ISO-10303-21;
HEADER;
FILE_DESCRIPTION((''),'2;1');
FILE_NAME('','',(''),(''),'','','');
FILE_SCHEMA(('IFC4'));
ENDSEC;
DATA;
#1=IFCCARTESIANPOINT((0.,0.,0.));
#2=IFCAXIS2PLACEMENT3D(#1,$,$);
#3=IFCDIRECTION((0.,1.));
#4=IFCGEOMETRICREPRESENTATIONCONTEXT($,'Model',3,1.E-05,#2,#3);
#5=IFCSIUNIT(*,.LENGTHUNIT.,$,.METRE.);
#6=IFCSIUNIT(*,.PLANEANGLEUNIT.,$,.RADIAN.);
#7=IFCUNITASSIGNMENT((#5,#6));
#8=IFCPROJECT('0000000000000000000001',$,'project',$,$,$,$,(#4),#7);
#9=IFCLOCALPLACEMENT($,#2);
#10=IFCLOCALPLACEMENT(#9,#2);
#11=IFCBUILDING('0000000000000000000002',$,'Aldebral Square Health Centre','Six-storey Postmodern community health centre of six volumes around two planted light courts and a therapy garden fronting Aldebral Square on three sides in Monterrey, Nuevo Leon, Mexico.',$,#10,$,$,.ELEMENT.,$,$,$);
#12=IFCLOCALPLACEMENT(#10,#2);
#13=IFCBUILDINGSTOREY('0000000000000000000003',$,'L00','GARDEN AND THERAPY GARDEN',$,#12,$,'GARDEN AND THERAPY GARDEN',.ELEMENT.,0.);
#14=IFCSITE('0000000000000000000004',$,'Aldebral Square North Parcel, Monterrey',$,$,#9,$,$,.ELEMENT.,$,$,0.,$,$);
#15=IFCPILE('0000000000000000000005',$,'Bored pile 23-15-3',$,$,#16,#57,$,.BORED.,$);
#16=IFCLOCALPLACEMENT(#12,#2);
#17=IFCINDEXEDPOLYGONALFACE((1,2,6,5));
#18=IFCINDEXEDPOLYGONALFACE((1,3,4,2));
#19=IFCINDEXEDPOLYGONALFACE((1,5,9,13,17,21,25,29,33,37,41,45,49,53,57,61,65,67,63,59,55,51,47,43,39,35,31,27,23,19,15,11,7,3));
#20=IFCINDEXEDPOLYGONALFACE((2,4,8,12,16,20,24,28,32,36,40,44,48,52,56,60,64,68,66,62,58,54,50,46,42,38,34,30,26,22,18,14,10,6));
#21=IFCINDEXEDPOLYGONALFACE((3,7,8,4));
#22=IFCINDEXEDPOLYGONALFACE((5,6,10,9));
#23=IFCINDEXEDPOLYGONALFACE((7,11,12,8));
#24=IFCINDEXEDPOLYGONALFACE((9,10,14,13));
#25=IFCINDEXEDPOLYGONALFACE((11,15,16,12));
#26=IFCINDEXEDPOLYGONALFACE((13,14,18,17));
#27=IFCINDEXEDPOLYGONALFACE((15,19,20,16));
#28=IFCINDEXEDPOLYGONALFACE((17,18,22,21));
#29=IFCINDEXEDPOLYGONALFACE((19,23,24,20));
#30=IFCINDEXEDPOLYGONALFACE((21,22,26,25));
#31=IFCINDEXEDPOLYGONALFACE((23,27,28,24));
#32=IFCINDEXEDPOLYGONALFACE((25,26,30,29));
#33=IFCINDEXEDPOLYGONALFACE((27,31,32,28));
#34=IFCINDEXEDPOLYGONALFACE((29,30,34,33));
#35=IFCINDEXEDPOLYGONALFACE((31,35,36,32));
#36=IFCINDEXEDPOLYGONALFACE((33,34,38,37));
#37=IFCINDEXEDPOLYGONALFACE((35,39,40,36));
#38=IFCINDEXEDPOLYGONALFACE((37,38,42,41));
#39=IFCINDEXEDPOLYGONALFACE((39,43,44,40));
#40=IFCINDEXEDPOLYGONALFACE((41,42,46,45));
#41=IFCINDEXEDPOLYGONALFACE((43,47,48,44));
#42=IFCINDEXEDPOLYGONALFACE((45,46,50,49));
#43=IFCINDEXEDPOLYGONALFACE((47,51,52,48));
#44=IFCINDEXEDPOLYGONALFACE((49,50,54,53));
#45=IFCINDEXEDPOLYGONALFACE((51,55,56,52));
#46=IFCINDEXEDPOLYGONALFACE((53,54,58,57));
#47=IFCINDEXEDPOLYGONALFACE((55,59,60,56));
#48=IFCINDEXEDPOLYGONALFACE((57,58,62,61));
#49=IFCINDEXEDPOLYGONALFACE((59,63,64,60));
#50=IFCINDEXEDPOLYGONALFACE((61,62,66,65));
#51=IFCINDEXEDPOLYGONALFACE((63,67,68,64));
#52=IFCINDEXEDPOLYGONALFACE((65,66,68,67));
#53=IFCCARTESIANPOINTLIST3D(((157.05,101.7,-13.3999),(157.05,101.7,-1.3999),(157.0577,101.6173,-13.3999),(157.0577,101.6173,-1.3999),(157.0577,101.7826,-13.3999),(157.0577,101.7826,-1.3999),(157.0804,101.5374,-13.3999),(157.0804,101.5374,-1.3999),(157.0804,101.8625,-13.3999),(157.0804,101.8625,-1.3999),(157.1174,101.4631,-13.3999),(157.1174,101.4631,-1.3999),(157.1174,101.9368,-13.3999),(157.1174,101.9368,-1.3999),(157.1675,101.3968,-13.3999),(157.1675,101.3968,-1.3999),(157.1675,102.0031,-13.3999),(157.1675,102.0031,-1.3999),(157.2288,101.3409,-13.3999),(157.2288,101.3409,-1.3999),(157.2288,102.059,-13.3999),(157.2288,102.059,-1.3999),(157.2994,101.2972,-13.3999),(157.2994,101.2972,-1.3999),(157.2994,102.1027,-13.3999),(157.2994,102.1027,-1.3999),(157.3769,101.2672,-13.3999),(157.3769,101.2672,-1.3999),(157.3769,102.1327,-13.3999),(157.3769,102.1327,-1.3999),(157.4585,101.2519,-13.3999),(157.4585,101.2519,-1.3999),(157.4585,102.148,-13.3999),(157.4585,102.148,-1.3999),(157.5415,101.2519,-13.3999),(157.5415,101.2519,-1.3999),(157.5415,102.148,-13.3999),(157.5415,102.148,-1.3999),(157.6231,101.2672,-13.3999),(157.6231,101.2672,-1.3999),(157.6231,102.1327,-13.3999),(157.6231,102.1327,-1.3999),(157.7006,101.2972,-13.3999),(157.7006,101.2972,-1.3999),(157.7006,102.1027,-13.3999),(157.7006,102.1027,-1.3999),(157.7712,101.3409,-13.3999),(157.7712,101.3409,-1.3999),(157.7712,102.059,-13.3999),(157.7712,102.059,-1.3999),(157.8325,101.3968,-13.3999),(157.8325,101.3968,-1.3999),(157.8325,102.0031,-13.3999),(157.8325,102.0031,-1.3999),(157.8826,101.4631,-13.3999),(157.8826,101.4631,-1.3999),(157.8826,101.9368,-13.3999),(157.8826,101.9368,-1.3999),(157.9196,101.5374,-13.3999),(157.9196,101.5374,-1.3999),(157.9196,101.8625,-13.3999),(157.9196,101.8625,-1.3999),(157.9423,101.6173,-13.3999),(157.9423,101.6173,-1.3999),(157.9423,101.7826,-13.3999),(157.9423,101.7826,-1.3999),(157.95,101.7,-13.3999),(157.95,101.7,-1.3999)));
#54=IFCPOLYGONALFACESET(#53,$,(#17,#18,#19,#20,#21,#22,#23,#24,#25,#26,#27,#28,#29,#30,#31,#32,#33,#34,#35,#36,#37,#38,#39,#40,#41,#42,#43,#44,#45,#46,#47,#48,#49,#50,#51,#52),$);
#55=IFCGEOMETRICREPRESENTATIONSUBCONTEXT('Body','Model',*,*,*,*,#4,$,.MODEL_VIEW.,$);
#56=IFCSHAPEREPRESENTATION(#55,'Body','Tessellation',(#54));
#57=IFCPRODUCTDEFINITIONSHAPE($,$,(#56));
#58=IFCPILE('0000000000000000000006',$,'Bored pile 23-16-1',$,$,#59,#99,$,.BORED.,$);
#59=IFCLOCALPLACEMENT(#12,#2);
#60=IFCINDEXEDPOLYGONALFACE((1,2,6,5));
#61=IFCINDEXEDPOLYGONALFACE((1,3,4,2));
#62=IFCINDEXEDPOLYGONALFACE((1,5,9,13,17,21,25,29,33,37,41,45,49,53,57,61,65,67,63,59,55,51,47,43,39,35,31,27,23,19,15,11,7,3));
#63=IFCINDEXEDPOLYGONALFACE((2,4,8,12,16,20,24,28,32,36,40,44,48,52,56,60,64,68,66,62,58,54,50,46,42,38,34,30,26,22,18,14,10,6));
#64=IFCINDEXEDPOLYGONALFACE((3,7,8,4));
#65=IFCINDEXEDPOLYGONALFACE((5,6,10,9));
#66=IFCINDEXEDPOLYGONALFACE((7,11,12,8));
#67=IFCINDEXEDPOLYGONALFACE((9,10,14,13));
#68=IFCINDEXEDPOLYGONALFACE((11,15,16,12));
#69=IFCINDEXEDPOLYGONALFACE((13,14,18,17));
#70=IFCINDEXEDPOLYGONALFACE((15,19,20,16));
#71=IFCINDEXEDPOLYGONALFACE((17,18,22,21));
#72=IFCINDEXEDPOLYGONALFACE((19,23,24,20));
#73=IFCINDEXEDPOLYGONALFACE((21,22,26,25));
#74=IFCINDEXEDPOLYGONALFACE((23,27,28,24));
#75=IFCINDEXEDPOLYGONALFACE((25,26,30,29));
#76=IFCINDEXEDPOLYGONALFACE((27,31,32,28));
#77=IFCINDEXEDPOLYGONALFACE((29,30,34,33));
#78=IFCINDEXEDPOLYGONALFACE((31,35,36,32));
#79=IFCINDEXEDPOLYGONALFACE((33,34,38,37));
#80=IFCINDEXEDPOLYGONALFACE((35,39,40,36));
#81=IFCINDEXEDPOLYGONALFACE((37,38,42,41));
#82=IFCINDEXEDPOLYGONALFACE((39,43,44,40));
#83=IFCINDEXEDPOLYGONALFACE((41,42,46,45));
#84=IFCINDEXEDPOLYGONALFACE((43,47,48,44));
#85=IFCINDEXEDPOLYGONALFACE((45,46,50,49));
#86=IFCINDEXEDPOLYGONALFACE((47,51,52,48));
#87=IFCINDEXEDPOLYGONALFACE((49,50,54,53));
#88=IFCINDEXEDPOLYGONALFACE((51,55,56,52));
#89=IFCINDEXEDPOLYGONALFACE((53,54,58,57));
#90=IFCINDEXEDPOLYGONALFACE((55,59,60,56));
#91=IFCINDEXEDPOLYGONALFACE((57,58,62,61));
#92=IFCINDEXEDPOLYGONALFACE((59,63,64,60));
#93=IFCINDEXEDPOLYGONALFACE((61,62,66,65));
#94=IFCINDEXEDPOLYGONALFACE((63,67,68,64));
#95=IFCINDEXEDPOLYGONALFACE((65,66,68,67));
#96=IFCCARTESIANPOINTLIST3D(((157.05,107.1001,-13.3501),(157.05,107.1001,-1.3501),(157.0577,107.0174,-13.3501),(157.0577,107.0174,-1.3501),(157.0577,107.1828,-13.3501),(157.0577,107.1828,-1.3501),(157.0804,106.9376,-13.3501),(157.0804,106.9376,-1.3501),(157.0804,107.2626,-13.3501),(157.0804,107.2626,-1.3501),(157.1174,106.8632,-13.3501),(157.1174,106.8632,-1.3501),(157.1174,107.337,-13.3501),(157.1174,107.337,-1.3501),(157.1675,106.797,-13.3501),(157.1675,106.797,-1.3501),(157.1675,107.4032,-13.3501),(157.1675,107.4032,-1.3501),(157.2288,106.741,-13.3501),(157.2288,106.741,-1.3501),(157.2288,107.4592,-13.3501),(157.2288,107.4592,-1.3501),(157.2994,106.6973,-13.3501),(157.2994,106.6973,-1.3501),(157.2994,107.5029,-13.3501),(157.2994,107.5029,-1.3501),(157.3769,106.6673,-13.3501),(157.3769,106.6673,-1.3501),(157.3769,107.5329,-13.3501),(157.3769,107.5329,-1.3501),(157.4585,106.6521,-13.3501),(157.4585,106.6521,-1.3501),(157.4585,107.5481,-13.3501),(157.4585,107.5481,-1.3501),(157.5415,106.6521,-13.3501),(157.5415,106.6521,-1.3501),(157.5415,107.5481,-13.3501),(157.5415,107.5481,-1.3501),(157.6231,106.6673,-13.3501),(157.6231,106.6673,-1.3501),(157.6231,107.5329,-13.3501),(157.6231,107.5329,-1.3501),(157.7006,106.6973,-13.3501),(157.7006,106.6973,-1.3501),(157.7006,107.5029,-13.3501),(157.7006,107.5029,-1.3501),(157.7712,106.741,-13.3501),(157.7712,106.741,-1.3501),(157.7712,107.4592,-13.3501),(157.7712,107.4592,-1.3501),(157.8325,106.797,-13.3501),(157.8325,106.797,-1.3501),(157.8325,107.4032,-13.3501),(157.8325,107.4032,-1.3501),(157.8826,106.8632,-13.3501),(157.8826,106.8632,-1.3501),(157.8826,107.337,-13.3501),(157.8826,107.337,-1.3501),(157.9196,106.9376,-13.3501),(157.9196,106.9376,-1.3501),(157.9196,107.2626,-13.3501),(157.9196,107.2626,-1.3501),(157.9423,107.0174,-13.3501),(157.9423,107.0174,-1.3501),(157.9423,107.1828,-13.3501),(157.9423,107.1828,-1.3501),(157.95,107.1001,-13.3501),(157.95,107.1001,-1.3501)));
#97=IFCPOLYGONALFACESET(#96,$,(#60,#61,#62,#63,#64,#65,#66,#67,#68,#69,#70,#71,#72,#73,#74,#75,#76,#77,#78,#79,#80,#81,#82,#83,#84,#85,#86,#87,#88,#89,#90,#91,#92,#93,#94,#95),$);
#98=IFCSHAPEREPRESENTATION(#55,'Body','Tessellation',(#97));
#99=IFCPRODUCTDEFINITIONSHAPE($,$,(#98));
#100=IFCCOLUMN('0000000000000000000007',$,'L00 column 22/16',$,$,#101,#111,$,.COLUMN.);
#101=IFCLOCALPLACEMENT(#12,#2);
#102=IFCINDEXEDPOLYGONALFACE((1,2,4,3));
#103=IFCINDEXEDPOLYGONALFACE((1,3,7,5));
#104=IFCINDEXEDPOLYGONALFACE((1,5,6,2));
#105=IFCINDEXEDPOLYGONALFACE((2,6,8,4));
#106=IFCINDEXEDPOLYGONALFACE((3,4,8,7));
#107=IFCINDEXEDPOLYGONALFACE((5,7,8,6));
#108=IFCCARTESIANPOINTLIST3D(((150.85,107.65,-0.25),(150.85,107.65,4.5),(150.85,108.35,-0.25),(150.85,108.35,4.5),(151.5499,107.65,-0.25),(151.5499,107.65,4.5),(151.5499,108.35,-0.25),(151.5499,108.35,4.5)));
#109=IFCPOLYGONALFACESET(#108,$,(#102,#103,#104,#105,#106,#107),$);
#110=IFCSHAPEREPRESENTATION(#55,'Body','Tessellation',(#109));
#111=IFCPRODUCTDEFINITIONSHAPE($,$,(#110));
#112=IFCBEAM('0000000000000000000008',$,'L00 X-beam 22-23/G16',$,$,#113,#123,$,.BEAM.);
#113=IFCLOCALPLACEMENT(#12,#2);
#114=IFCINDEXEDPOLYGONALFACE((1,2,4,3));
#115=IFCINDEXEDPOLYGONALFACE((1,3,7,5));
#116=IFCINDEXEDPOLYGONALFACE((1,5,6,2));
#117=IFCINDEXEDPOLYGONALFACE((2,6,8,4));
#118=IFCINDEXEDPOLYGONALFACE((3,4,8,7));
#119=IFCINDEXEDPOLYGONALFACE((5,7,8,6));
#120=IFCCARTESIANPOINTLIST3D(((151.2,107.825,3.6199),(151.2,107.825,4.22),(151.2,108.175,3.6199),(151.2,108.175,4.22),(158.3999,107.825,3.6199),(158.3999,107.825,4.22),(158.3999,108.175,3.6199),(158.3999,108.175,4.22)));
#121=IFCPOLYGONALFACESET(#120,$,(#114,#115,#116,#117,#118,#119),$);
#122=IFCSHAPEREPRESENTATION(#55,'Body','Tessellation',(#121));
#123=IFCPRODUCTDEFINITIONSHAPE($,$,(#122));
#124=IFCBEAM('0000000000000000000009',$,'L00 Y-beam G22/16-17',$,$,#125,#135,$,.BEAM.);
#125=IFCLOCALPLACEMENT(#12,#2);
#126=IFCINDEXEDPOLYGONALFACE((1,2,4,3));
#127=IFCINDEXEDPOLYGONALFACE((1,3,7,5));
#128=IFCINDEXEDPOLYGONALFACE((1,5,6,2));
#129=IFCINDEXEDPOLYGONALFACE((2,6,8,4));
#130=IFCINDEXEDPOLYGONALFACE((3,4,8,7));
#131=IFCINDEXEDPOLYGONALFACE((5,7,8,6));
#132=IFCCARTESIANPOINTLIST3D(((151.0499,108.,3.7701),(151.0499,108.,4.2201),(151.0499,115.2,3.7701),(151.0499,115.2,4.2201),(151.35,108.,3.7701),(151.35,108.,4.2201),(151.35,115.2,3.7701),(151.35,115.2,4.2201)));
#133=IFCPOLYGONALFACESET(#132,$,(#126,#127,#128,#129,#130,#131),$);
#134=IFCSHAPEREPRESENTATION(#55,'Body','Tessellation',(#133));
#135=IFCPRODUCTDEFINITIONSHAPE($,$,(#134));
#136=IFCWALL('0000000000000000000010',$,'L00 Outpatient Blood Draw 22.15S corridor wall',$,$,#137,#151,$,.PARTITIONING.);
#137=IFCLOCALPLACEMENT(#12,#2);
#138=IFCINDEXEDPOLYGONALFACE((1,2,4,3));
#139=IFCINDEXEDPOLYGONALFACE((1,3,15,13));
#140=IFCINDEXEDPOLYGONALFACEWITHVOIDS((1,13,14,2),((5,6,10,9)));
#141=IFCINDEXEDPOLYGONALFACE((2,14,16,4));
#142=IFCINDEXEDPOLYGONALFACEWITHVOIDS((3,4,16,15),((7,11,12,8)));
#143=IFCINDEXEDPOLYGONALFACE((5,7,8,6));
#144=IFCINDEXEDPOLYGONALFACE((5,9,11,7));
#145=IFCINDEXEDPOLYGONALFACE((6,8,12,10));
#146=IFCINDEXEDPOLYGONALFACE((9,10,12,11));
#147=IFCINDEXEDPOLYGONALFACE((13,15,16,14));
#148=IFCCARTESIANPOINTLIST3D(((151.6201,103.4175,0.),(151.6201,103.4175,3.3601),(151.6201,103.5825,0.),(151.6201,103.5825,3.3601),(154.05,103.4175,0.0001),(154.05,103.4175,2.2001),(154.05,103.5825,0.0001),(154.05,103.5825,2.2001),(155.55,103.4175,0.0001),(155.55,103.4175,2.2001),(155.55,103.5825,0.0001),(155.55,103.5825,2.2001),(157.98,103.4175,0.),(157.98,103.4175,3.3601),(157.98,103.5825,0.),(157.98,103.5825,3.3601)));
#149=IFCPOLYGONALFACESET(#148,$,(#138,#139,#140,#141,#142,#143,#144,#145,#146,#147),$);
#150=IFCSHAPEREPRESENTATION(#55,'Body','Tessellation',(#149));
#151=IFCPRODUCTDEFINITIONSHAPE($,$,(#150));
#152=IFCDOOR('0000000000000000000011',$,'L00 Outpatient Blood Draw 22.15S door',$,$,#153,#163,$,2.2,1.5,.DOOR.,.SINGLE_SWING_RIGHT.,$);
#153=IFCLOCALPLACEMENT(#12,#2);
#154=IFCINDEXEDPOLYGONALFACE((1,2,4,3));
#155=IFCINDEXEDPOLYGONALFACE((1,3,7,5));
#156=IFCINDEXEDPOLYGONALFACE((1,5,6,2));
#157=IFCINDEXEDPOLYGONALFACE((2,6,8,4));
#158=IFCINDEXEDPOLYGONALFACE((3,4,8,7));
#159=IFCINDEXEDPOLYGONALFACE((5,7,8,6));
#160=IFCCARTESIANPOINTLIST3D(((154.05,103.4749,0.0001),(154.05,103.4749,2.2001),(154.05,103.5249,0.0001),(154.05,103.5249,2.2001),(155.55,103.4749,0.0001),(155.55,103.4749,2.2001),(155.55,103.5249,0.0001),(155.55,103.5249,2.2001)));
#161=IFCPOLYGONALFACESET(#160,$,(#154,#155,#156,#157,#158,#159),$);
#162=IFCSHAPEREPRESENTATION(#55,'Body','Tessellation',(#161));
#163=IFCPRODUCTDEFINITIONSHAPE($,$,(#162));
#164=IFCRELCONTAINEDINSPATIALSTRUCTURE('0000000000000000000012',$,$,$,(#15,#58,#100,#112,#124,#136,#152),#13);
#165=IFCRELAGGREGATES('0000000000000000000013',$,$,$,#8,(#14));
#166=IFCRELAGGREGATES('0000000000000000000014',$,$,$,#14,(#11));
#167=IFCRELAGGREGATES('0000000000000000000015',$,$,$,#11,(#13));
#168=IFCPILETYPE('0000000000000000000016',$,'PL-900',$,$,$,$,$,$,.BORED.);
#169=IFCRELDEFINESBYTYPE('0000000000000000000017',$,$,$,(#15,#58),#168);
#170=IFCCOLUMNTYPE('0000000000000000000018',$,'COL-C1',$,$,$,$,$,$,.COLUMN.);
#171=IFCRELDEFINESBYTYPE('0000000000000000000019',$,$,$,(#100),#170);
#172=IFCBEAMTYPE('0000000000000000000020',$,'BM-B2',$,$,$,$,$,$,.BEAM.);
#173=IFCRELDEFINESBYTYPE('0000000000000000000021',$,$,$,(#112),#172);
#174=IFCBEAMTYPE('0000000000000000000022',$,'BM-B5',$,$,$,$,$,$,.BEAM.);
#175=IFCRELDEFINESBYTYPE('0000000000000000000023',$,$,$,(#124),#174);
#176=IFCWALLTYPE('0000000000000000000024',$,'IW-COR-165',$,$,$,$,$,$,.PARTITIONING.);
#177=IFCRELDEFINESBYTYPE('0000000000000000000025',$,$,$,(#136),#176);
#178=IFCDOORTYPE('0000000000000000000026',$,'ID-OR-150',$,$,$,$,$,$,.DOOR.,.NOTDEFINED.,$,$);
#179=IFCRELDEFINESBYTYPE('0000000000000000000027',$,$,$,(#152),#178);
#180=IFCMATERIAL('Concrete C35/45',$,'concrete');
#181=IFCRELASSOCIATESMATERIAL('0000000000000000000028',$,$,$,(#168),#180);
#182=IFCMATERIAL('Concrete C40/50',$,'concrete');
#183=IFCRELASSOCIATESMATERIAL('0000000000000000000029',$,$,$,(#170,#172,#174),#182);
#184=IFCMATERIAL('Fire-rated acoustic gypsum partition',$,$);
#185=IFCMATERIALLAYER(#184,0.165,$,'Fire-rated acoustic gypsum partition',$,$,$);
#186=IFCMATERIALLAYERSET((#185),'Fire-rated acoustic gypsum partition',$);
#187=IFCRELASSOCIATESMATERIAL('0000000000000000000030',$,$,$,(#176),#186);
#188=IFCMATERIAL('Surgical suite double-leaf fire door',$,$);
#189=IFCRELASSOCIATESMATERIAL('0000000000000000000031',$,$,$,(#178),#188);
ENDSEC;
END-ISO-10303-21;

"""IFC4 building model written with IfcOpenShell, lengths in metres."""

from ifc_helpers import new_model, si_unit, direction, frame, frame_2d, origin, origin_2d, place, context, subcontext, project, spatial, rectangle, circle, extrude, material, layer, layer_set, material_profile, profile_set, type_object, element, fill, save


model = new_model("IFC4")

# Units and contexts
model_context = context("Model", 3, precision=1e-05, world=origin(), true_north=direction((0.0, 1.0)))
body_context = subcontext(model_context, "Body", "Model", "MODEL_VIEW")
ifc_project = project(units=[si_unit("LENGTHUNIT", "METRE"), si_unit("PLANEANGLEUNIT", "RADIAN")], contexts=[model_context])

# Site, building, storey
site_placement = place(None, origin())
site = spatial("IfcSite", under=ifc_project, at=site_placement, Name="Aldebral Square North Parcel, Monterrey", CompositionType="ELEMENT", RefElevation=0.0)
building_placement = place(site_placement, origin())
building = spatial("IfcBuilding", under=site, at=building_placement, Name="Aldebral Square Health Centre", Description="Six-storey Postmodern community health centre of six volumes around two planted light courts and a therapy garden fronting Aldebral Square on three sides in Monterrey, Nuevo Leon, Mexico.", CompositionType="ELEMENT")
storey_placement = place(building_placement, origin())
storey = spatial("IfcBuildingStorey", under=building, at=storey_placement, Name="L00", Description="GARDEN AND THERAPY GARDEN", LongName="GARDEN AND THERAPY GARDEN", CompositionType="ELEMENT", Elevation=0.0)

# Shared definitions
ifc_material_1 = material(Name="Concrete C35/45", Category="concrete")

# Piles
ifc_material_profile_1 = material_profile(ifc_material_1, circle(Radius=0.45, at=origin_2d()), Name="PILE D900")
ifc_profile_set_1 = profile_set([ifc_material_profile_1], Name="Concrete C35/45")
pile_type = type_object("IfcPileType", Name="PL-900", PredefinedType="BORED", material=ifc_profile_set_1)
for number, where, z_axis, x_axis, name in (
    (1, (157.5, 101.7, -1.3999), (0.0, 0.0, -1.0), (1.0, 0.0, 0.0), "Bored pile 23-15-3"),
    (2, (157.5, 107.1001, -1.3501), (0.0, 0.0, -1.0), (1.0, 0.0, 0.0), "Bored pile 23-16-1"),
):
    element("IfcPile", number, at=place(storey_placement, frame(where, z_axis=z_axis, x_axis=x_axis)), inside=storey, type_object=pile_type, Name=name, PredefinedType="BORED", context=body_context, shape_type="SweptSolid", body=[
        extrude(circle(Radius=0.45, at=origin_2d()), origin(), (0.0, 0.0, 1.0), 12.0),
    ])

# Column
ifc_material_2 = material(Name="Concrete C40/50", Category="concrete")
ifc_material_profile_2 = material_profile(ifc_material_2, rectangle(XDim=0.7, YDim=0.7, at=origin_2d()), Name="RC 700x700")
ifc_profile_set_2 = profile_set([ifc_material_profile_2], Name="Concrete C40/50")
column_type = type_object("IfcColumnType", Name="COL-C1", PredefinedType="COLUMN", material=ifc_profile_set_2)
column_placement = place(storey_placement, frame((151.2, 108.0, -0.25), z_axis=(0.0, 0.0, 1.0), x_axis=(1.0, 0.0, 0.0)))
element("IfcColumn", 3, at=column_placement, inside=storey, type_object=column_type, Name="L00 column 22/16", PredefinedType="COLUMN", context=body_context, shape_type="SweptSolid", body=[
    extrude(rectangle(XDim=0.7, YDim=0.7, at=origin_2d()), origin(), (0.0, 0.0, 1.0), 4.75),
])

# Beams
ifc_material_profile_3 = material_profile(ifc_material_2, rectangle(XDim=0.3501, YDim=0.6001, at=origin_2d()), Name="RC 350x600")
ifc_profile_set_3 = profile_set([ifc_material_profile_3], Name="Concrete C40/50")
beam_type_1 = type_object("IfcBeamType", Name="BM-B2", PredefinedType="BEAM", material=ifc_profile_set_3)
beam_1_placement = place(storey_placement, frame((151.2, 108.0, 3.9199), z_axis=(1.0, 0.0, 0.0), x_axis=(0.0, 1.0, 0.0)))
element("IfcBeam", 4, at=beam_1_placement, inside=storey, type_object=beam_type_1, Name="L00 X-beam 22-23/G16", PredefinedType="BEAM", context=body_context, shape_type="SweptSolid", body=[
    extrude(rectangle(XDim=0.3501, YDim=0.6001, at=origin_2d()), origin(), (0.0, 0.0, 1.0), 7.2),
])
ifc_material_profile_4 = material_profile(ifc_material_2, rectangle(XDim=0.3, YDim=0.45, at=origin_2d()), Name="RC 300x450")
ifc_profile_set_4 = profile_set([ifc_material_profile_4], Name="Concrete C40/50")
beam_type_2 = type_object("IfcBeamType", Name="BM-B5", PredefinedType="BEAM", material=ifc_profile_set_4)
beam_2_placement = place(storey_placement, frame((151.2, 108.0, 3.9951), z_axis=(0.0, 1.0, 0.0), x_axis=(-1.0, 0.0, 0.0)))
element("IfcBeam", 5, at=beam_2_placement, inside=storey, type_object=beam_type_2, Name="L00 Y-beam G22/16-17", PredefinedType="BEAM", context=body_context, shape_type="SweptSolid", body=[
    extrude(rectangle(XDim=0.3, YDim=0.45, at=origin_2d()), origin(), (0.0, 0.0, 1.0), 7.2),
])

# Wall, opening, door
ifc_material_3 = material(Name="Fire-rated acoustic gypsum partition")
ifc_layer_1 = layer(ifc_material_3, 0.165, Name="Fire-rated acoustic gypsum partition")
ifc_layer_set_1 = layer_set([ifc_layer_1], Name="Fire-rated acoustic gypsum partition")
wall_type_1 = type_object("IfcWallType", Name="IW-COR-165", PredefinedType="PARTITIONING", material=ifc_layer_set_1)
wall_1_placement = place(storey_placement, frame((151.6201, 103.5, 0.0), z_axis=(0.0, 0.0, 1.0), x_axis=(1.0, 0.0, 0.0)))
wall_1 = element("IfcWall", 6, at=wall_1_placement, inside=storey, type_object=wall_type_1, Name="L00 Outpatient Blood Draw 22.15S corridor wall", PredefinedType="PARTITIONING", context=body_context, shape_type="SweptSolid", body=[
    extrude(rectangle(XDim=6.3599, YDim=0.165, at=frame_2d((3.1799, 0.0))), origin(), (0.0, 0.0, 1.0), 3.3601),
])
opening_1_placement = place(wall_1_placement, frame((2.4299, 0.0, 0.0)))
opening_1 = element("IfcOpeningElement", 7, at=opening_1_placement, cuts=wall_1, PredefinedType="OPENING", context=body_context, shape_type="SweptSolid", body=[
    extrude(rectangle(XDim=1.5, YDim=2.2, at=frame_2d((0.75, 1.1001))), frame((0.0, 0.0925, 0.0), z_axis=(0.0, -1.0, 0.0), x_axis=(1.0, 0.0, 0.0)), (0.0, 0.0, 1.0), 0.1851),
])
ifc_material_4 = material(Name="Surgical suite double-leaf fire door")
door_type_1 = type_object("IfcDoorType", Name="ID-OR-150", OperationType="NOTDEFINED", PredefinedType="DOOR", material=ifc_material_4)
door_1_placement = place(opening_1_placement, origin())
door_1 = element("IfcDoor", 8, at=door_1_placement, inside=storey, type_object=door_type_1, Name="L00 Outpatient Blood Draw 22.15S door", OperationType="SINGLE_SWING_RIGHT", OverallHeight=2.2, OverallWidth=1.5, PredefinedType="DOOR", context=body_context, shape_type="SweptSolid", body=[
    extrude(rectangle(XDim=1.5, YDim=2.2, at=frame_2d((0.75, 1.1001))), frame((0.0, 0.0249, 0.0), z_axis=(0.0, -1.0, 0.0), x_axis=(1.0, 0.0, 0.0)), (0.0, 0.0, 1.0), 0.05),
])
fill(opening_1, door_1)

save(model, "model.ifc")
